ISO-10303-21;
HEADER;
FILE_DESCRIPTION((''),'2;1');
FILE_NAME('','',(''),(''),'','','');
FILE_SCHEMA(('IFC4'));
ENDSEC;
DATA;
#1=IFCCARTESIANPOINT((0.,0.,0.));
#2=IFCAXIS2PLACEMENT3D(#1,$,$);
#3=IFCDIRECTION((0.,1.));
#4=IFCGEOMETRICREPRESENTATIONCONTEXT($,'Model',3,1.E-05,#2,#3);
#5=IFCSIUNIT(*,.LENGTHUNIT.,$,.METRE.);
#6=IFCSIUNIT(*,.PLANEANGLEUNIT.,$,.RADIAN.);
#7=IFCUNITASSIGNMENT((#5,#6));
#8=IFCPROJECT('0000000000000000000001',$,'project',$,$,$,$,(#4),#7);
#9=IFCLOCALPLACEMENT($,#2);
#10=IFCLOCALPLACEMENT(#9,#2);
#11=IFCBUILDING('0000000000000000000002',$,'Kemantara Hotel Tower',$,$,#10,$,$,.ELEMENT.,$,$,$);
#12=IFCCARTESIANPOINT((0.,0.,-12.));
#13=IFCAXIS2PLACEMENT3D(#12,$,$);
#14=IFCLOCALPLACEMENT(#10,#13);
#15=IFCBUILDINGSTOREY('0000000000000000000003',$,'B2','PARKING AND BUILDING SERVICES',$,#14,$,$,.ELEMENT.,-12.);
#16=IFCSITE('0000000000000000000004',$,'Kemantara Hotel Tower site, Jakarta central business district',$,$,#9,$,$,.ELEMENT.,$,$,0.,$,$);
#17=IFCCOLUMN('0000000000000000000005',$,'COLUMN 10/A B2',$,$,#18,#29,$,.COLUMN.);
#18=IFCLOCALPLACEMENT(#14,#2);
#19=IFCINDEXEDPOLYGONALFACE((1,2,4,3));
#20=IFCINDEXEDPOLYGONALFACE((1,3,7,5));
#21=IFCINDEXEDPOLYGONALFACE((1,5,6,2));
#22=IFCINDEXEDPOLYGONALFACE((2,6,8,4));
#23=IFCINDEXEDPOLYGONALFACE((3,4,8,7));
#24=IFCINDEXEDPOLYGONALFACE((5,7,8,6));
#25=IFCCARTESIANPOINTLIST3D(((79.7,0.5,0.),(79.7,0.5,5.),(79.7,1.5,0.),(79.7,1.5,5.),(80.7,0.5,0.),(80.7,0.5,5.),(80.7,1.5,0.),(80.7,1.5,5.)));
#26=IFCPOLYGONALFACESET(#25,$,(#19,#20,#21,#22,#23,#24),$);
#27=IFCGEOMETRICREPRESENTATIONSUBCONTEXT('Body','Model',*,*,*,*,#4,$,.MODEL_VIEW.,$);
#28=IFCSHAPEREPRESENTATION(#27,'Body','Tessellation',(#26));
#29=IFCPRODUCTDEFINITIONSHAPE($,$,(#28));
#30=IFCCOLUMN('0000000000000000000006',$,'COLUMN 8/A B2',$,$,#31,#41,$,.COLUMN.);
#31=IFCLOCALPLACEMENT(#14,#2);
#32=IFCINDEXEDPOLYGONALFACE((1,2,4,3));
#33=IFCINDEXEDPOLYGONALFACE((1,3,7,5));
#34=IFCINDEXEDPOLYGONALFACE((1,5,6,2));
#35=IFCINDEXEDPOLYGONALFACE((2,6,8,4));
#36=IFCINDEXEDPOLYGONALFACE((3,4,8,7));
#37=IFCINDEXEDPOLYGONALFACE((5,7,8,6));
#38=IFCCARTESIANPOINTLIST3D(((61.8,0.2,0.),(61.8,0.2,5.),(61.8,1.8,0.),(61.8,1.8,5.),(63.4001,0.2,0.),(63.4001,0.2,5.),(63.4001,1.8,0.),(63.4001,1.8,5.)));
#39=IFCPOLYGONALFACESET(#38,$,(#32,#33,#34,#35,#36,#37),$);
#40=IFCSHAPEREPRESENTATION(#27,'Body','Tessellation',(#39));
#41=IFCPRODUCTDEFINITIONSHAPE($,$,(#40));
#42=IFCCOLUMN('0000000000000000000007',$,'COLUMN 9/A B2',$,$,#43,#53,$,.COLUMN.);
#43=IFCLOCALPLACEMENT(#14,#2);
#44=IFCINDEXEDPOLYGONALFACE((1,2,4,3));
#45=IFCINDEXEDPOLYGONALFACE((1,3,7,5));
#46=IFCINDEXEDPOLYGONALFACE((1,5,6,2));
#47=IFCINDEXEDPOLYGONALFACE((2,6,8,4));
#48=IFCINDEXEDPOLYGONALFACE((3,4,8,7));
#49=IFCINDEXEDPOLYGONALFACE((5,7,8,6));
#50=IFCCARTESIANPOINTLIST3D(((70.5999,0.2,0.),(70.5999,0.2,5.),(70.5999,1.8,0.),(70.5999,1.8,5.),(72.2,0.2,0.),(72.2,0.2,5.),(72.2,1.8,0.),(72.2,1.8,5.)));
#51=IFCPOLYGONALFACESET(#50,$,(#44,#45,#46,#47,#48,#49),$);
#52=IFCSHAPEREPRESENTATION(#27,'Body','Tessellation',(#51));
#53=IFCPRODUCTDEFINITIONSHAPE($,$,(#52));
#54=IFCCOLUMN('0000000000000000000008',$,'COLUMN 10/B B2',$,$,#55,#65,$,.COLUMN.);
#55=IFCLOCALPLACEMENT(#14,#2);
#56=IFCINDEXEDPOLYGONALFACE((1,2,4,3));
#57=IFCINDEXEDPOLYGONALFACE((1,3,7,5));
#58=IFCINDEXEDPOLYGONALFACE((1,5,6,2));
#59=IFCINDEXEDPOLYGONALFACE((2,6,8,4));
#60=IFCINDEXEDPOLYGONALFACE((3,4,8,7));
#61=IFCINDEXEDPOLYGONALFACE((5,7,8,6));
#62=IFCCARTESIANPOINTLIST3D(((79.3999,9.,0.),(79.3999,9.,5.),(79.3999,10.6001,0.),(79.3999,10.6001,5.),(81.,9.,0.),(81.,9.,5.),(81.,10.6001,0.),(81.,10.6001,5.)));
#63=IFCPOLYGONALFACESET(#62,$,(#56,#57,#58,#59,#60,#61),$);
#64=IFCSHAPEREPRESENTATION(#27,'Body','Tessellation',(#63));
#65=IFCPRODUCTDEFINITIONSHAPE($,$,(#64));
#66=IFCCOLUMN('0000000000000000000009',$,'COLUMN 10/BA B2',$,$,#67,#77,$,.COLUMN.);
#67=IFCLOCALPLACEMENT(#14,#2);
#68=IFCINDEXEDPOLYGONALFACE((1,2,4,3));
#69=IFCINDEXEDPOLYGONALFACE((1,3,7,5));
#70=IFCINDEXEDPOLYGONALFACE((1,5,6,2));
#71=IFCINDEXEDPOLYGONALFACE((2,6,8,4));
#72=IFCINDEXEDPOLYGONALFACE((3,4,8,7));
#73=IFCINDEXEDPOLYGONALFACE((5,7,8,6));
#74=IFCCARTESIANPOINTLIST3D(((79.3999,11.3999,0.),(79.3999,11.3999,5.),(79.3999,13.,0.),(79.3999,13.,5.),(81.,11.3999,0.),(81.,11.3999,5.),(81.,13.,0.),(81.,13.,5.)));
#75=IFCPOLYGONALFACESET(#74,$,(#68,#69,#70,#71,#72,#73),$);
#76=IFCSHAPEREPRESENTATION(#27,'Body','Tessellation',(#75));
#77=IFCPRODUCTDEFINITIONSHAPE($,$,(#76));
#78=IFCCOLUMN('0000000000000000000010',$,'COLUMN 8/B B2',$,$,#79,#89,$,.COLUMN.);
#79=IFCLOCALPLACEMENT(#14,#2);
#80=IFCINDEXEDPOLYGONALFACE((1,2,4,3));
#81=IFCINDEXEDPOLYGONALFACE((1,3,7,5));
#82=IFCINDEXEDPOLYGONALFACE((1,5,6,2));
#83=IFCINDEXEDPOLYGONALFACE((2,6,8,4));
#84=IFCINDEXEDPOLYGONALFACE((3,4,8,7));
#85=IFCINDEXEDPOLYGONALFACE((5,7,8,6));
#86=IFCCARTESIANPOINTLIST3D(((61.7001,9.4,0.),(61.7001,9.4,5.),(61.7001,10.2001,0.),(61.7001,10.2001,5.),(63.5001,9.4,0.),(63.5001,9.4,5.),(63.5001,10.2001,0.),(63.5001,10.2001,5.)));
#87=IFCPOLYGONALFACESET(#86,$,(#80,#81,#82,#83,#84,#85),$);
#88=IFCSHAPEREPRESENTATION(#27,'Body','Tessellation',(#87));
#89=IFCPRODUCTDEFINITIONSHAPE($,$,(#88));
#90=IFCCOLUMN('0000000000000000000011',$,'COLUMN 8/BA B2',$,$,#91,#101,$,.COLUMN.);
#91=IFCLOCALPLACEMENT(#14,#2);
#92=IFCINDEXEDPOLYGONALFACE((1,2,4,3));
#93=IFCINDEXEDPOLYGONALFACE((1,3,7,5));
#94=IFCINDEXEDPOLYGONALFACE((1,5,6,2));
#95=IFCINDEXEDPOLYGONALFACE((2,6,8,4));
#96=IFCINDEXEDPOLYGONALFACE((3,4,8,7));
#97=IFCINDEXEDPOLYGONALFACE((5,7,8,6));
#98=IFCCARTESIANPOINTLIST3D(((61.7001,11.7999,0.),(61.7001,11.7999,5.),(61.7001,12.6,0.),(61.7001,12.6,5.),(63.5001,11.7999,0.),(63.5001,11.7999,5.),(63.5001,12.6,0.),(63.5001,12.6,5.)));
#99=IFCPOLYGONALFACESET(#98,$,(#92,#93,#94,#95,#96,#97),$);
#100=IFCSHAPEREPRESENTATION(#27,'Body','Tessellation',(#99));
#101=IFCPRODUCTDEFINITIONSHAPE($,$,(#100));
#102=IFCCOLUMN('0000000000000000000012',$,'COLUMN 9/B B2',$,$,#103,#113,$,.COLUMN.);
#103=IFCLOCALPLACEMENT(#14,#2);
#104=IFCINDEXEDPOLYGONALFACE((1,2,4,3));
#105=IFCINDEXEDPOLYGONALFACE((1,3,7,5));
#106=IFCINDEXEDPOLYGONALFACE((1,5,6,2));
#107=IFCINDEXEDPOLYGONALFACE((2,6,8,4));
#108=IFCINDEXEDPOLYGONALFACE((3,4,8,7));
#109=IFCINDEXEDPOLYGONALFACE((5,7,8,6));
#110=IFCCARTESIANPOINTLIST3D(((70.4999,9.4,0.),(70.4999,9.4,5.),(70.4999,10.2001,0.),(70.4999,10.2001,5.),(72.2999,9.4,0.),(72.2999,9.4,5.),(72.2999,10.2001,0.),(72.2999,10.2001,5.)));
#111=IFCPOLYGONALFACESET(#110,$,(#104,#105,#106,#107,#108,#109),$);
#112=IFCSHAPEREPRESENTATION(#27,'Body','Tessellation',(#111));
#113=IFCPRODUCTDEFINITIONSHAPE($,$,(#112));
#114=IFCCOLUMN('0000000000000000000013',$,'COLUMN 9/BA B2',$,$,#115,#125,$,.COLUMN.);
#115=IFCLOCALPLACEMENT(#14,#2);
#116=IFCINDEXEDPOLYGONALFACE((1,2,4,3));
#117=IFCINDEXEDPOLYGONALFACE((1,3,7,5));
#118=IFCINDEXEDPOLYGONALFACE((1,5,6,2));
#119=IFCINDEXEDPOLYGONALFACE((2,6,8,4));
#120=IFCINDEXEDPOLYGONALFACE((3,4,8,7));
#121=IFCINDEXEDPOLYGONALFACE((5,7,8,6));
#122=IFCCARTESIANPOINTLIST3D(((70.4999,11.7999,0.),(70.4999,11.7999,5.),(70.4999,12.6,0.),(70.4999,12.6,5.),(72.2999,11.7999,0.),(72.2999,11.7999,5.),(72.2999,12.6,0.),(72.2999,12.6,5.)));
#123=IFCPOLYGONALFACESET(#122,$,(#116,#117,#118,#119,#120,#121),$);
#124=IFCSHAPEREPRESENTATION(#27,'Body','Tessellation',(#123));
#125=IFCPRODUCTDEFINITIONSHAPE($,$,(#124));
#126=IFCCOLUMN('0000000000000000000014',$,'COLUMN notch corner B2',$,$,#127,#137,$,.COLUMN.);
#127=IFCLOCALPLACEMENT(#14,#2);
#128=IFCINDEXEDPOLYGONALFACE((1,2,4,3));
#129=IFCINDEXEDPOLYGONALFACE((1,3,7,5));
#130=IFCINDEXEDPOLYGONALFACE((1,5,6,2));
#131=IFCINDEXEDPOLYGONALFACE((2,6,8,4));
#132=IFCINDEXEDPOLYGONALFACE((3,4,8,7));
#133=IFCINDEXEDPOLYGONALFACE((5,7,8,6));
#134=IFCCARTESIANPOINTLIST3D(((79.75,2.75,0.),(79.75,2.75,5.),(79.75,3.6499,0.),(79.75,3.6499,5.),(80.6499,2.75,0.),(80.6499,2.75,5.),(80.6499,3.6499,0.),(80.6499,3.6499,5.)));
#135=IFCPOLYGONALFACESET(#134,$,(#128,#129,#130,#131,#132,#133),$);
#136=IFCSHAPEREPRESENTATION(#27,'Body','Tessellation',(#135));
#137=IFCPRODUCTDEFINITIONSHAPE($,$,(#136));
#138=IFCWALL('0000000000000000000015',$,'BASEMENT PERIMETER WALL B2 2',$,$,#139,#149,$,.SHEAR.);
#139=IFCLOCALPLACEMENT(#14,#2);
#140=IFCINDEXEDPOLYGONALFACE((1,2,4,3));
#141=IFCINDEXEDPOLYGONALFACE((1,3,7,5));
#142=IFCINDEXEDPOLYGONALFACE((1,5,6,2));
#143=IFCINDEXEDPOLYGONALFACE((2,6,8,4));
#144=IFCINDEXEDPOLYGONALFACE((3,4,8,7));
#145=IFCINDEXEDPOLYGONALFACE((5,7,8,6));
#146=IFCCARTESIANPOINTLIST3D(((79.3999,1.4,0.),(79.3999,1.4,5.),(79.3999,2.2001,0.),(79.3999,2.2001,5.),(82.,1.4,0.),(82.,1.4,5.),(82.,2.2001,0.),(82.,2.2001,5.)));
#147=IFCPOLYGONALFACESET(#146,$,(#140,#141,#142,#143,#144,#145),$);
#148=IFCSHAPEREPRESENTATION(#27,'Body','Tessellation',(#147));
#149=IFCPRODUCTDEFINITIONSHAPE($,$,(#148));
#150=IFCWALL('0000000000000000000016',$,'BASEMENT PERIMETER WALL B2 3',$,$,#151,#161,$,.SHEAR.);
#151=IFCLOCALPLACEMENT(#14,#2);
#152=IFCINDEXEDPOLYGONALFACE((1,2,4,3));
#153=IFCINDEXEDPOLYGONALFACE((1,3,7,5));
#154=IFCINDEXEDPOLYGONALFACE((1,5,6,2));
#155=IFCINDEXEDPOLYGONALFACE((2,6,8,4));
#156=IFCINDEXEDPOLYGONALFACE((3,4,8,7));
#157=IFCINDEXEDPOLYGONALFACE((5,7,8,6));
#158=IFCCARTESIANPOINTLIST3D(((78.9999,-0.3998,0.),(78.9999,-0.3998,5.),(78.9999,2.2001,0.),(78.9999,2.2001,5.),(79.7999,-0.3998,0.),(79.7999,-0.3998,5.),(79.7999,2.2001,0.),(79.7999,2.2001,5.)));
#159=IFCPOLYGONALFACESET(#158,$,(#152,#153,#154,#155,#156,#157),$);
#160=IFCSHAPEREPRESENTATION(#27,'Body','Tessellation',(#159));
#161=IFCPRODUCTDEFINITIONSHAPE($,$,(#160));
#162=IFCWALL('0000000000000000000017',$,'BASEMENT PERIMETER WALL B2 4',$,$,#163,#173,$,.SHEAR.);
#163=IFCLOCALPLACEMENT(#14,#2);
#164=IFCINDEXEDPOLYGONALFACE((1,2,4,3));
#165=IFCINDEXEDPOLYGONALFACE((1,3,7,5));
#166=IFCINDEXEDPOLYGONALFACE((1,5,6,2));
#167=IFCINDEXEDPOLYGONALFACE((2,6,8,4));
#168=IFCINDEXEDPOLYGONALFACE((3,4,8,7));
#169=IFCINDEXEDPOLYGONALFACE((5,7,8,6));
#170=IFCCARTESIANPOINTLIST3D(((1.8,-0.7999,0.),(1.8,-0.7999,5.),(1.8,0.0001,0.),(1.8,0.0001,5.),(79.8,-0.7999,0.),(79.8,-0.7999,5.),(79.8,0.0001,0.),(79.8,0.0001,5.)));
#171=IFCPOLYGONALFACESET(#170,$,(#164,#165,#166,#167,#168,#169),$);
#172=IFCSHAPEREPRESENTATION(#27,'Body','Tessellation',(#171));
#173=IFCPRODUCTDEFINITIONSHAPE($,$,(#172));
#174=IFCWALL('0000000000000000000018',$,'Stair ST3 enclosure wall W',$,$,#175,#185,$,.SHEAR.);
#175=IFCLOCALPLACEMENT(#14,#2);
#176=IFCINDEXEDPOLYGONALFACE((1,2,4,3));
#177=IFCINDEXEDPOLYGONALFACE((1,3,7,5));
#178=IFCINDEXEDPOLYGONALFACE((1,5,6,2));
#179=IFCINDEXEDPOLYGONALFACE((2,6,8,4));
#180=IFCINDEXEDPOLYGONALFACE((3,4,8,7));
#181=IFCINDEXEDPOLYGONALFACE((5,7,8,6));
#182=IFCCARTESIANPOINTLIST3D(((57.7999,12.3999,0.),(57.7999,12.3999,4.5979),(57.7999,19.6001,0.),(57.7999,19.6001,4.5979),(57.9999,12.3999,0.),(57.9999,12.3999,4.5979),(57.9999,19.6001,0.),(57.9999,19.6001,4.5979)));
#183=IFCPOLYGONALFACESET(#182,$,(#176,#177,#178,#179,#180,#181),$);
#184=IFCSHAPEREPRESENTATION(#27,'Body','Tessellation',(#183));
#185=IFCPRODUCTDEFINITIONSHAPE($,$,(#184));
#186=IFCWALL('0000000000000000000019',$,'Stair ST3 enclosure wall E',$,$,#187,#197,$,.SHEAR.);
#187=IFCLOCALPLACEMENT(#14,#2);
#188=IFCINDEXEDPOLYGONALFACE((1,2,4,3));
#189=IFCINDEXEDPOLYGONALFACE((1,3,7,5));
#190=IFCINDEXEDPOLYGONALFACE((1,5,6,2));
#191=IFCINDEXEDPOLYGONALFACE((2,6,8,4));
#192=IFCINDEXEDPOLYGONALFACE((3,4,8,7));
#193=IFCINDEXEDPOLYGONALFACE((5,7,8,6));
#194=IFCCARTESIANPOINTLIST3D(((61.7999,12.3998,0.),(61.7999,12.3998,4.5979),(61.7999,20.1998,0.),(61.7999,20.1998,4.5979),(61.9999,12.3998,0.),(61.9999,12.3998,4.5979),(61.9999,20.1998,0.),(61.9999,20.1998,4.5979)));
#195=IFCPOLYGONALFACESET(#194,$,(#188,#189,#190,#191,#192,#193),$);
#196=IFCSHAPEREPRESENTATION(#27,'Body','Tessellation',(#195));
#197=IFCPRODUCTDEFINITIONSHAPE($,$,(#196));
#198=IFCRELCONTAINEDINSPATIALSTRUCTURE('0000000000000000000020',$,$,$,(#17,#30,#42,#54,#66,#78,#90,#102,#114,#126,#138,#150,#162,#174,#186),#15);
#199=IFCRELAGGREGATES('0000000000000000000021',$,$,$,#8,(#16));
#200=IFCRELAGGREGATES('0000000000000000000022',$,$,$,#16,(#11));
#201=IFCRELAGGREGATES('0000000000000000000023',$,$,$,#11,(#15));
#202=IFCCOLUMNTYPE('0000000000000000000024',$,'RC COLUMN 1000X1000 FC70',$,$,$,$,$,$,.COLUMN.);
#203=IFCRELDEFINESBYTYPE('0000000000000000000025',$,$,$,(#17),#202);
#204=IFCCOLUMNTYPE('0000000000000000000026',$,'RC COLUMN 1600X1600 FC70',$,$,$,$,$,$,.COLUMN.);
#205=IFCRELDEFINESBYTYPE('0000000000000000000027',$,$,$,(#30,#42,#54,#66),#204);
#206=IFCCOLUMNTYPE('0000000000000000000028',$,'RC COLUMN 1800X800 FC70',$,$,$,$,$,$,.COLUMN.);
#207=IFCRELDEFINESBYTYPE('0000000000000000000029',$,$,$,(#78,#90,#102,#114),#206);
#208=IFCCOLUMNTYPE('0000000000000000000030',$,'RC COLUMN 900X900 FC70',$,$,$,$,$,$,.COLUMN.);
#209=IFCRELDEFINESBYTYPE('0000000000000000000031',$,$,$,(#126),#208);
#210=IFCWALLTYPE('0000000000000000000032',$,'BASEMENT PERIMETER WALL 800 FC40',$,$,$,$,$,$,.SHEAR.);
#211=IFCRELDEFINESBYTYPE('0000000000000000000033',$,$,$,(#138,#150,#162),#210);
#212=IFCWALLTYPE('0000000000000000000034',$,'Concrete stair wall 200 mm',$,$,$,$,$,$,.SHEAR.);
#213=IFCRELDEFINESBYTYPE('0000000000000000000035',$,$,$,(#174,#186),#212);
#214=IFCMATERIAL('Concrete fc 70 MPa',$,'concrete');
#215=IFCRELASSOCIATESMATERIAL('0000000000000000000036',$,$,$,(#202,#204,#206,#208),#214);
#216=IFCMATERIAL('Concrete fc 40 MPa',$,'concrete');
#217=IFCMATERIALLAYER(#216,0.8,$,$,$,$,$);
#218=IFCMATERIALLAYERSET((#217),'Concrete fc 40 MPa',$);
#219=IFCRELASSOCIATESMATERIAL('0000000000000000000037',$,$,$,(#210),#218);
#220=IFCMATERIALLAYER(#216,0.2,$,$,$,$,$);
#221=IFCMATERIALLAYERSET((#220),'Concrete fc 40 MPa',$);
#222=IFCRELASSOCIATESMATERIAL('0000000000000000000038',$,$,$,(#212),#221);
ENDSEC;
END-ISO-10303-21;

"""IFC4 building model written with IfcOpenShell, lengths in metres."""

from ifc_helpers import new_model, si_unit, direction, frame, frame_2d, origin, origin_2d, place, context, subcontext, project, spatial, rectangle, extrude, material, layer, layer_set, material_profile, profile_set, type_object, element, save


model = new_model("IFC4")

# Units and contexts
model_context = context("Model", 3, precision=1e-05, world=origin(), true_north=direction((0.0, 1.0)))
body_context = subcontext(model_context, "Body", "Model", "MODEL_VIEW")
ifc_project = project(units=[si_unit("LENGTHUNIT", "METRE"), si_unit("PLANEANGLEUNIT", "RADIAN")], contexts=[model_context])

# Site, building, storey
site_placement = place(None, origin())
site = spatial("IfcSite", under=ifc_project, at=site_placement, Name="Kemantara Hotel Tower site, Jakarta central business district", CompositionType="ELEMENT", RefElevation=0.0)
building_placement = place(site_placement, origin())
building = spatial("IfcBuilding", under=site, at=building_placement, Name="Kemantara Hotel Tower", CompositionType="ELEMENT")
storey_placement = place(building_placement, frame((0.0, 0.0, -12.0)))
storey = spatial("IfcBuildingStorey", under=building, at=storey_placement, Name="B2", Description="PARKING AND BUILDING SERVICES", CompositionType="ELEMENT", Elevation=-12.0)

# Columns
ifc_material_1 = material(Name="Concrete fc 70 MPa", Category="concrete")
ifc_material_profile_1 = material_profile(ifc_material_1, rectangle(XDim=1.0, YDim=1.0, at=origin_2d()), Name="RC 1000X1000")
ifc_profile_set_1 = profile_set([ifc_material_profile_1], Name="Concrete fc 70 MPa")
column_type_1 = type_object("IfcColumnType", Name="RC COLUMN 1000X1000 FC70", PredefinedType="COLUMN", material=ifc_profile_set_1)
column_1_placement = place(storey_placement, frame((80.2, 1.0, 0.0), z_axis=(0.0, 0.0, 1.0), x_axis=(1.0, 0.0, 0.0)))
element("IfcColumn", 1, at=column_1_placement, inside=storey, type_object=column_type_1, Name="COLUMN 10/A B2", PredefinedType="COLUMN", context=body_context, shape_type="SweptSolid", body=[
    extrude(rectangle(XDim=1.0, YDim=1.0, at=origin_2d()), origin(), (0.0, 0.0, 1.0), 5.0),
])
ifc_material_profile_2 = material_profile(ifc_material_1, rectangle(XDim=1.6001, YDim=1.6001, at=origin_2d()), Name="RC 1600X1600")
ifc_profile_set_2 = profile_set([ifc_material_profile_2], Name="Concrete fc 70 MPa")
column_type_2 = type_object("IfcColumnType", Name="RC COLUMN 1600X1600 FC70", PredefinedType="COLUMN", material=ifc_profile_set_2)
for number, where, z_axis, x_axis, name in (
    (2, (62.6001, 1.0, 0.0), (0.0, 0.0, 1.0), (1.0, 0.0, 0.0), "COLUMN 8/A B2"),
    (3, (71.3999, 1.0, 0.0), (0.0, 0.0, 1.0), (1.0, 0.0, 0.0), "COLUMN 9/A B2"),
    (4, (80.2, 9.8, 0.0), (0.0, 0.0, 1.0), (1.0, 0.0, 0.0), "COLUMN 10/B B2"),
    (5, (80.2, 12.2, 0.0), (0.0, 0.0, 1.0), (1.0, 0.0, 0.0), "COLUMN 10/BA B2"),
):
    element("IfcColumn", number, at=place(storey_placement, frame(where, z_axis=z_axis, x_axis=x_axis)), inside=storey, type_object=column_type_2, Name=name, PredefinedType="COLUMN", context=body_context, shape_type="SweptSolid", body=[
        extrude(rectangle(XDim=1.6001, YDim=1.6001, at=origin_2d()), origin(), (0.0, 0.0, 1.0), 5.0),
    ])
ifc_material_profile_3 = material_profile(ifc_material_1, rectangle(XDim=1.8, YDim=0.8, at=origin_2d()), Name="RC 1800X800")
ifc_profile_set_3 = profile_set([ifc_material_profile_3], Name="Concrete fc 70 MPa")
column_type_3 = type_object("IfcColumnType", Name="RC COLUMN 1800X800 FC70", PredefinedType="COLUMN", material=ifc_profile_set_3)
for number, where, z_axis, x_axis, name in (
    (6, (62.6001, 9.8, 0.0), (0.0, 0.0, 1.0), (1.0, 0.0, 0.0), "COLUMN 8/B B2"),
    (7, (62.6001, 12.2, 0.0), (0.0, 0.0, 1.0), (1.0, 0.0, 0.0), "COLUMN 8/BA B2"),
    (8, (71.3999, 9.8, 0.0), (0.0, 0.0, 1.0), (1.0, 0.0, 0.0), "COLUMN 9/B B2"),
    (9, (71.3999, 12.2, 0.0), (0.0, 0.0, 1.0), (1.0, 0.0, 0.0), "COLUMN 9/BA B2"),
):
    element("IfcColumn", number, at=place(storey_placement, frame(where, z_axis=z_axis, x_axis=x_axis)), inside=storey, type_object=column_type_3, Name=name, PredefinedType="COLUMN", context=body_context, shape_type="SweptSolid", body=[
        extrude(rectangle(XDim=1.8, YDim=0.8, at=origin_2d()), origin(), (0.0, 0.0, 1.0), 5.0),
    ])
ifc_material_profile_4 = material_profile(ifc_material_1, rectangle(XDim=0.8999, YDim=0.8999, at=origin_2d()), Name="RC 900X900")
ifc_profile_set_4 = profile_set([ifc_material_profile_4], Name="Concrete fc 70 MPa")
column_type_4 = type_object("IfcColumnType", Name="RC COLUMN 900X900 FC70", PredefinedType="COLUMN", material=ifc_profile_set_4)
column_2_placement = place(storey_placement, frame((80.2, 3.2, 0.0), z_axis=(0.0, 0.0, 1.0), x_axis=(1.0, 0.0, 0.0)))
element("IfcColumn", 10, at=column_2_placement, inside=storey, type_object=column_type_4, Name="COLUMN notch corner B2", PredefinedType="COLUMN", context=body_context, shape_type="SweptSolid", body=[
    extrude(rectangle(XDim=0.8999, YDim=0.8999, at=origin_2d()), origin(), (0.0, 0.0, 1.0), 5.0),
])

# Walls
ifc_material_2 = material(Name="Concrete fc 40 MPa", Category="concrete")
ifc_layer_1 = layer(ifc_material_2, 0.8)
ifc_layer_set_1 = layer_set([ifc_layer_1], Name="Concrete fc 40 MPa")
wall_type_1 = type_object("IfcWallType", Name="BASEMENT PERIMETER WALL 800 FC40", PredefinedType="SHEAR", material=ifc_layer_set_1)
wall_1_placement = place(storey_placement, frame((82.0, 1.8, 0.0), z_axis=(0.0, 0.0, 1.0), x_axis=(-1.0, 0.0, 0.0)))
element("IfcWall", 11, at=wall_1_placement, inside=storey, type_object=wall_type_1, Name="BASEMENT PERIMETER WALL B2 2", PredefinedType="SHEAR", context=body_context, shape_type="SweptSolid", body=[
    extrude(rectangle(XDim=2.6001, YDim=0.8, at=frame_2d((1.3, 0.0))), origin(), (0.0, 0.0, 1.0), 5.0),
])
wall_2_placement = place(storey_placement, frame((79.3999, 2.2, 0.0), z_axis=(0.0, 0.0, 1.0), x_axis=(0.0, -1.0, 0.0)))
element("IfcWall", 12, at=wall_2_placement, inside=storey, type_object=wall_type_1, Name="BASEMENT PERIMETER WALL B2 3", PredefinedType="SHEAR", context=body_context, shape_type="SweptSolid", body=[
    extrude(rectangle(XDim=2.5999, YDim=0.8, at=frame_2d((1.2998, 0.0))), origin(), (0.0, 0.0, 1.0), 5.0),
])
wall_3_placement = place(storey_placement, frame((79.8, -0.3999, 0.0), z_axis=(0.0, 0.0, 1.0), x_axis=(-1.0, 0.0, 0.0)))
element("IfcWall", 13, at=wall_3_placement, inside=storey, type_object=wall_type_1, Name="BASEMENT PERIMETER WALL B2 4", PredefinedType="SHEAR", context=body_context, shape_type="SweptSolid", body=[
    extrude(rectangle(XDim=78.0, YDim=0.8, at=frame_2d((39.0, 0.0))), origin(), (0.0, 0.0, 1.0), 5.0),
])
ifc_layer_2 = layer(ifc_material_2, 0.2)
ifc_layer_set_2 = layer_set([ifc_layer_2], Name="Concrete fc 40 MPa")
wall_type_2 = type_object("IfcWallType", Name="Concrete stair wall 200 mm", PredefinedType="SHEAR", material=ifc_layer_set_2)
wall_4_placement = place(storey_placement, frame((57.8999, 12.3999, 0.0), z_axis=(0.0, 0.0, 1.0), x_axis=(0.0, 1.0, 0.0)))
element("IfcWall", 14, at=wall_4_placement, inside=storey, type_object=wall_type_2, Name="Stair ST3 enclosure wall W", PredefinedType="SHEAR", context=body_context, shape_type="SweptSolid", body=[
    extrude(rectangle(XDim=7.2002, YDim=0.2, at=frame_2d((3.6001, 0.0))), origin(), (0.0, 0.0, 1.0), 4.5979),
])
wall_5_placement = place(storey_placement, frame((61.8999, 12.3999, 0.0), z_axis=(0.0, 0.0, 1.0), x_axis=(0.0, 1.0, 0.0)))
element("IfcWall", 15, at=wall_5_placement, inside=storey, type_object=wall_type_2, Name="Stair ST3 enclosure wall E", PredefinedType="SHEAR", context=body_context, shape_type="SweptSolid", body=[
    extrude(rectangle(XDim=7.8, YDim=0.2, at=frame_2d((3.8999, 0.0))), origin(), (0.0, 0.0, 1.0), 4.5979),
])

save(model, "model.ifc")
